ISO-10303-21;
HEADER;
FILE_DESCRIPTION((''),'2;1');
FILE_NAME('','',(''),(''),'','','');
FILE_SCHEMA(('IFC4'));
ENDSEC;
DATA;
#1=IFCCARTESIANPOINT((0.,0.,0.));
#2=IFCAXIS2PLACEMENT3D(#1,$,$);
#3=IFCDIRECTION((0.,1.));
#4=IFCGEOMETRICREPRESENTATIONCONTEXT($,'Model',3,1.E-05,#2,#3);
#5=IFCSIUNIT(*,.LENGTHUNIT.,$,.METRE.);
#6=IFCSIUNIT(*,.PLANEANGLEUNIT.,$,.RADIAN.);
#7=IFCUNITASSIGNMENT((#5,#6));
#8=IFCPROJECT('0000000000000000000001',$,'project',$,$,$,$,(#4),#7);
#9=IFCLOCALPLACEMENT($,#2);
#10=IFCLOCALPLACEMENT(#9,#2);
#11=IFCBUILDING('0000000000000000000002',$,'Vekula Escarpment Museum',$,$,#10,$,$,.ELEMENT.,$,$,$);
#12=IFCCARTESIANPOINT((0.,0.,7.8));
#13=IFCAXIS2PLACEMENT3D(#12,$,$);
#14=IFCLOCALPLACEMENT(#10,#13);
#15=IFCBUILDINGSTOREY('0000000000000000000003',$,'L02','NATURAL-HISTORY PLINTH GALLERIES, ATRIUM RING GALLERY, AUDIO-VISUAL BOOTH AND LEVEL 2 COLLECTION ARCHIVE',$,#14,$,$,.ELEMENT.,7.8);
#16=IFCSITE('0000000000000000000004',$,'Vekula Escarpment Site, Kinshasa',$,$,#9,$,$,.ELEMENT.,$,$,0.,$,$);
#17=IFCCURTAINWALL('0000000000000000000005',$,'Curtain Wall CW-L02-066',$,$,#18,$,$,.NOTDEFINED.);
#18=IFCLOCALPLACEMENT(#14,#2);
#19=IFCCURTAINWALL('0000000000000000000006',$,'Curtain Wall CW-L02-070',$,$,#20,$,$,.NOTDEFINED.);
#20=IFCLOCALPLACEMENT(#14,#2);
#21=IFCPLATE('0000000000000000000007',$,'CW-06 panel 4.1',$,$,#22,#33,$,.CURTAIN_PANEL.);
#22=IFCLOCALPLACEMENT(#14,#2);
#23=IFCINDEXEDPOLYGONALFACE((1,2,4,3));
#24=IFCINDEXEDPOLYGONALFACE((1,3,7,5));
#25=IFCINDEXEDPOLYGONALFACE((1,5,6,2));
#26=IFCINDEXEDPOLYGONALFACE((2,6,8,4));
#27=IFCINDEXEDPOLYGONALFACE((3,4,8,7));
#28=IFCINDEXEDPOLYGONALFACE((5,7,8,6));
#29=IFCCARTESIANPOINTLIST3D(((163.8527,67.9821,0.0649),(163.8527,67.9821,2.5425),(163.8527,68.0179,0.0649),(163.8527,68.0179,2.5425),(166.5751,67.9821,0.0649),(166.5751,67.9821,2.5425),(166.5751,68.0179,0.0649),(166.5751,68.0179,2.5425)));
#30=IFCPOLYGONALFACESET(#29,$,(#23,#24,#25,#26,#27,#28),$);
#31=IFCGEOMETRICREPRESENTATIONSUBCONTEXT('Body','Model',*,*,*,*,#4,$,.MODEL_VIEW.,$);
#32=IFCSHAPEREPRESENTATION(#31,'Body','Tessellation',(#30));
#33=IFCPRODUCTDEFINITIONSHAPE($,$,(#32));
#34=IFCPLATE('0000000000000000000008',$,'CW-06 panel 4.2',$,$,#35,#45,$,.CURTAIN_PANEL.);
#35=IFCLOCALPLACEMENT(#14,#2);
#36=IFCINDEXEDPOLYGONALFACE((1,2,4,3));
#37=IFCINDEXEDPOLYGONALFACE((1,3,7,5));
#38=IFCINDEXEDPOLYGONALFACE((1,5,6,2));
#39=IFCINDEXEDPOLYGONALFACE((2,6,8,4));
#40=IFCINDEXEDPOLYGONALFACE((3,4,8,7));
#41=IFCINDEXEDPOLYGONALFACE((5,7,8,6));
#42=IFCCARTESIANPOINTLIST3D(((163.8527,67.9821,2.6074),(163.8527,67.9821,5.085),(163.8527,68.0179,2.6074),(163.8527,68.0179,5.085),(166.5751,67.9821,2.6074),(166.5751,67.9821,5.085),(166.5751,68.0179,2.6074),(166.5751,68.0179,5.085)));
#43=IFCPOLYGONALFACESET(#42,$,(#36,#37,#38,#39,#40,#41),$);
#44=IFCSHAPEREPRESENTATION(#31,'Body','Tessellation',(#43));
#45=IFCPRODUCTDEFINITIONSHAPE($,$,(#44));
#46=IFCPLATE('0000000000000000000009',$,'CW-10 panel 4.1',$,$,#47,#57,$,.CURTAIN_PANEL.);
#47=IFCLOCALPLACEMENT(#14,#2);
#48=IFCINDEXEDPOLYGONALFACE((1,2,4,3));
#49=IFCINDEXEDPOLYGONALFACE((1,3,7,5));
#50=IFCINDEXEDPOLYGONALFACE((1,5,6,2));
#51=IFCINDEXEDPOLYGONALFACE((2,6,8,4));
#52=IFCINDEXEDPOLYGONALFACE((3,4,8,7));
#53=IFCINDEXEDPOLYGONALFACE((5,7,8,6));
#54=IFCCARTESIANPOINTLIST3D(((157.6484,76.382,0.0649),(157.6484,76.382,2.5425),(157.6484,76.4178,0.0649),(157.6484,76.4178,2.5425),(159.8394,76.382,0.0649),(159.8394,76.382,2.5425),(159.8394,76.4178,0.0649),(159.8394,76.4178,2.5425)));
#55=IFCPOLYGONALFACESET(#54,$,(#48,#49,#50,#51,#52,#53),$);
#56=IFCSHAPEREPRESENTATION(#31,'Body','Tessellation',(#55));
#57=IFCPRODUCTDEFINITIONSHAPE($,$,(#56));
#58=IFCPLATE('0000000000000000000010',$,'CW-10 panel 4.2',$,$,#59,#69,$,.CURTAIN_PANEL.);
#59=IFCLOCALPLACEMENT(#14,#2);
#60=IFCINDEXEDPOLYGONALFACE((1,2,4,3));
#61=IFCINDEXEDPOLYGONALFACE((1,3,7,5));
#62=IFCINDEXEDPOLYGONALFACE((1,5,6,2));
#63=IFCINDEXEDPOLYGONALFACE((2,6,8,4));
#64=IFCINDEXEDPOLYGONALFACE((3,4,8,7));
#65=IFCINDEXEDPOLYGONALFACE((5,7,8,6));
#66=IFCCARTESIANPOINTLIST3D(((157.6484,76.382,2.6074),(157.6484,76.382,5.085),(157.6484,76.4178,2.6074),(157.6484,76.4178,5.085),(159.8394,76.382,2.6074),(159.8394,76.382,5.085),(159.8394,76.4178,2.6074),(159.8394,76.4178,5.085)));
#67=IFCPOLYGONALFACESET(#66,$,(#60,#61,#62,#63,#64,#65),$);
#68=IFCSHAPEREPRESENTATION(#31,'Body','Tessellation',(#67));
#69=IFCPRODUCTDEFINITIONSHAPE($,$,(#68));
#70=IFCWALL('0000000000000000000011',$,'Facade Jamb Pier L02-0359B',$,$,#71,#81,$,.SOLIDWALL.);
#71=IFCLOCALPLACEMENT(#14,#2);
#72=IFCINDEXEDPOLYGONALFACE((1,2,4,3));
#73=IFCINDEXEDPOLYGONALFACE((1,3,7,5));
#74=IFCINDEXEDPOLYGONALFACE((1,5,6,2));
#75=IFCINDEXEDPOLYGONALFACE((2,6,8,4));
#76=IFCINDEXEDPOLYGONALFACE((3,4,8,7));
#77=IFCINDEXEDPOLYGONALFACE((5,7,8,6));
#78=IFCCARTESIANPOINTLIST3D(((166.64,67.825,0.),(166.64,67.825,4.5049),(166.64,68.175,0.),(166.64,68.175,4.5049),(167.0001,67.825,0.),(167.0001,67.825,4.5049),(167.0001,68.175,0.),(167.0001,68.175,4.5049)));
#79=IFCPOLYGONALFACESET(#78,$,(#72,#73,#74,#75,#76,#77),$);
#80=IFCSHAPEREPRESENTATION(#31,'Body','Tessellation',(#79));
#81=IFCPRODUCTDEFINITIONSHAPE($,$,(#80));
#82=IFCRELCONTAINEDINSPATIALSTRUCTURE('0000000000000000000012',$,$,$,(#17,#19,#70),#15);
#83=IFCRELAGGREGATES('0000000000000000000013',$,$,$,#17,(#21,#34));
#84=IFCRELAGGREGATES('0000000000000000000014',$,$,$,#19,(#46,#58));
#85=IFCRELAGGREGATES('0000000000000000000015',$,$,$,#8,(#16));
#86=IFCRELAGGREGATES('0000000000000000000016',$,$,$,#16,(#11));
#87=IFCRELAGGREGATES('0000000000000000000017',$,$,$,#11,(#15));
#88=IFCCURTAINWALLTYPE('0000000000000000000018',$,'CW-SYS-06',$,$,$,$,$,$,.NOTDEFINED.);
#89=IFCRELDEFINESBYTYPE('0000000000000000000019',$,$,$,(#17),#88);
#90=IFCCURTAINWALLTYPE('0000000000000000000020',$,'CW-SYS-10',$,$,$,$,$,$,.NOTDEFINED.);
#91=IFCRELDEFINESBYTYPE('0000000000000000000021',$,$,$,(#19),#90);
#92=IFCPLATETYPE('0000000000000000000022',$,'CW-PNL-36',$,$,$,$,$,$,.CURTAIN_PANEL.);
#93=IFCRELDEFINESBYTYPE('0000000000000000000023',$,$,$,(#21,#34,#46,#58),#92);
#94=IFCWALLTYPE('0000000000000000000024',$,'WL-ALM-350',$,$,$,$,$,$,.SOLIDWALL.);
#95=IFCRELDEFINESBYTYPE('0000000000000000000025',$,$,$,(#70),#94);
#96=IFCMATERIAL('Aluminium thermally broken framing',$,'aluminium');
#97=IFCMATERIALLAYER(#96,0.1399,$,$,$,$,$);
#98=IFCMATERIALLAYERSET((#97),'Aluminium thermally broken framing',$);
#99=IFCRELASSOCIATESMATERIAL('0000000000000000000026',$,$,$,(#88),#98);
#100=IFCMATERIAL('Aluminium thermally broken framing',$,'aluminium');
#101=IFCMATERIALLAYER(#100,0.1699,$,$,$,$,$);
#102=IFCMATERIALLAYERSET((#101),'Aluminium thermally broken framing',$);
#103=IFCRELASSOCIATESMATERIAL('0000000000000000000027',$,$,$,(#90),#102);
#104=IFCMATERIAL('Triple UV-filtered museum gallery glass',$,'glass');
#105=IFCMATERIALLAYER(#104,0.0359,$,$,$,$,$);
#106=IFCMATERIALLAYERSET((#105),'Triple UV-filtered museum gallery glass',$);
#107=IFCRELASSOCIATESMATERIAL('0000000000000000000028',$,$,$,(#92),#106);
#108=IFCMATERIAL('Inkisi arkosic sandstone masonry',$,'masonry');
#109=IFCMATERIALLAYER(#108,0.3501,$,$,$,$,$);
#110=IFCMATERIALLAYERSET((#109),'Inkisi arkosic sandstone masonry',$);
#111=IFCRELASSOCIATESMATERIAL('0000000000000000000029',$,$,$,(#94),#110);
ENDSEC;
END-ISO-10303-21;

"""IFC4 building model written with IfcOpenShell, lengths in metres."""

from ifc_helpers import new_model, si_unit, direction, frame, frame_2d, origin, origin_2d, place, context, subcontext, project, spatial, rectangle, extrude, material, layer, layer_set, type_object, element, aggregate, save


model = new_model("IFC4")

# Units and contexts
model_context = context("Model", 3, precision=1e-05, world=origin(), true_north=direction((0.0, 1.0)))
body_context = subcontext(model_context, "Body", "Model", "MODEL_VIEW")
ifc_project = project(units=[si_unit("LENGTHUNIT", "METRE"), si_unit("PLANEANGLEUNIT", "RADIAN")], contexts=[model_context])

# Site, building, storey
site_placement = place(None, origin())
site = spatial("IfcSite", under=ifc_project, at=site_placement, Name="Vekula Escarpment Site, Kinshasa", CompositionType="ELEMENT", RefElevation=0.0)
building_placement = place(site_placement, origin())
building = spatial("IfcBuilding", under=site, at=building_placement, Name="Vekula Escarpment Museum", CompositionType="ELEMENT")
storey_placement = place(building_placement, frame((0.0, 0.0, 7.8)))
storey = spatial("IfcBuildingStorey", under=building, at=storey_placement, Name="L02", Description="NATURAL-HISTORY PLINTH GALLERIES, ATRIUM RING GALLERY, AUDIO-VISUAL BOOTH AND LEVEL 2 COLLECTION ARCHIVE", CompositionType="ELEMENT", Elevation=7.8)

# Curtain wall
ifc_material_1 = material(Name="Aluminium thermally broken framing", Category="aluminium")
ifc_layer_1 = layer(ifc_material_1, 0.1399)
ifc_layer_set_1 = layer_set([ifc_layer_1], Name="Aluminium thermally broken framing")
curtain_wall_type_1 = type_object("IfcCurtainWallType", Name="CW-SYS-06", PredefinedType="NOTDEFINED", material=ifc_layer_set_1)
curtain_wall_1_placement = place(storey_placement, origin())
curtain_wall_1 = element("IfcCurtainWall", 1, at=curtain_wall_1_placement, inside=storey, type_object=curtain_wall_type_1, Name="Curtain Wall CW-L02-066", PredefinedType="NOTDEFINED")

# Curtain wall
ifc_material_2 = material(Name="Aluminium thermally broken framing", Category="aluminium")
ifc_layer_2 = layer(ifc_material_2, 0.1699)
ifc_layer_set_2 = layer_set([ifc_layer_2], Name="Aluminium thermally broken framing")
curtain_wall_type_2 = type_object("IfcCurtainWallType", Name="CW-SYS-10", PredefinedType="NOTDEFINED", material=ifc_layer_set_2)
curtain_wall_2_placement = place(storey_placement, origin())
curtain_wall_2 = element("IfcCurtainWall", 2, at=curtain_wall_2_placement, inside=storey, type_object=curtain_wall_type_2, Name="Curtain Wall CW-L02-070", PredefinedType="NOTDEFINED")

# Plates
ifc_material_3 = material(Name="Triple UV-filtered museum gallery glass", Category="glass")
ifc_layer_3 = layer(ifc_material_3, 0.0359)
ifc_layer_set_3 = layer_set([ifc_layer_3], Name="Triple UV-filtered museum gallery glass")
plate_type = type_object("IfcPlateType", Name="CW-PNL-36", PredefinedType="CURTAIN_PANEL", material=ifc_layer_set_3)
plate_1_placement = place(storey_placement, frame((165.2139, 68.0, 0.0649), z_axis=(0.0, 0.0, 1.0), x_axis=(1.0, 0.0, 0.0)))
plate_1 = element("IfcPlate", 3, at=plate_1_placement, type_object=plate_type, Name="CW-06 panel 4.1", PredefinedType="CURTAIN_PANEL", context=body_context, shape_type="SweptSolid", body=[
    extrude(rectangle(XDim=2.7224, YDim=0.0359, at=origin_2d()), origin(), (0.0, 0.0, 1.0), 2.4775),
])
plate_2_placement = place(storey_placement, frame((165.2139, 68.0, 2.6074), z_axis=(0.0, 0.0, 1.0), x_axis=(1.0, 0.0, 0.0)))
plate_2 = element("IfcPlate", 4, at=plate_2_placement, type_object=plate_type, Name="CW-06 panel 4.2", PredefinedType="CURTAIN_PANEL", context=body_context, shape_type="SweptSolid", body=[
    extrude(rectangle(XDim=2.7224, YDim=0.0359, at=origin_2d()), origin(), (0.0, 0.0, 1.0), 2.4775),
])
aggregate(curtain_wall_1, [plate_1, plate_2])
plate_3_placement = place(storey_placement, frame((158.7439, 76.3999, 0.0649), z_axis=(0.0, 0.0, 1.0), x_axis=(-1.0, 0.0, 0.0)))
plate_3 = element("IfcPlate", 5, at=plate_3_placement, type_object=plate_type, Name="CW-10 panel 4.1", PredefinedType="CURTAIN_PANEL", context=body_context, shape_type="SweptSolid", body=[
    extrude(rectangle(XDim=2.1909, YDim=0.0359, at=origin_2d()), origin(), (0.0, 0.0, 1.0), 2.4775),
])
plate_4_placement = place(storey_placement, frame((158.7439, 76.3999, 2.6074), z_axis=(0.0, 0.0, 1.0), x_axis=(-1.0, 0.0, 0.0)))
plate_4 = element("IfcPlate", 6, at=plate_4_placement, type_object=plate_type, Name="CW-10 panel 4.2", PredefinedType="CURTAIN_PANEL", context=body_context, shape_type="SweptSolid", body=[
    extrude(rectangle(XDim=2.1909, YDim=0.0359, at=origin_2d()), origin(), (0.0, 0.0, 1.0), 2.4775),
])
aggregate(curtain_wall_2, [plate_3, plate_4])

# Wall
ifc_material_4 = material(Name="Inkisi arkosic sandstone masonry", Category="masonry")
ifc_layer_4 = layer(ifc_material_4, 0.3501)
ifc_layer_set_4 = layer_set([ifc_layer_4], Name="Inkisi arkosic sandstone masonry")
wall_type = type_object("IfcWallType", Name="WL-ALM-350", PredefinedType="SOLIDWALL", material=ifc_layer_set_4)
wall_placement = place(storey_placement, frame((166.6399, 68.0, 0.0), z_axis=(0.0, 0.0, 1.0), x_axis=(1.0, 0.0, 0.0)))
element("IfcWall", 7, at=wall_placement, inside=storey, type_object=wall_type, Name="Facade Jamb Pier L02-0359B", PredefinedType="SOLIDWALL", context=body_context, shape_type="SweptSolid", body=[
    extrude(rectangle(XDim=0.3601, YDim=0.3501, at=frame_2d((0.1802, 0.0))), origin(), (0.0, 0.0, 1.0), 4.5049),
])

save(model, "model.ifc")
